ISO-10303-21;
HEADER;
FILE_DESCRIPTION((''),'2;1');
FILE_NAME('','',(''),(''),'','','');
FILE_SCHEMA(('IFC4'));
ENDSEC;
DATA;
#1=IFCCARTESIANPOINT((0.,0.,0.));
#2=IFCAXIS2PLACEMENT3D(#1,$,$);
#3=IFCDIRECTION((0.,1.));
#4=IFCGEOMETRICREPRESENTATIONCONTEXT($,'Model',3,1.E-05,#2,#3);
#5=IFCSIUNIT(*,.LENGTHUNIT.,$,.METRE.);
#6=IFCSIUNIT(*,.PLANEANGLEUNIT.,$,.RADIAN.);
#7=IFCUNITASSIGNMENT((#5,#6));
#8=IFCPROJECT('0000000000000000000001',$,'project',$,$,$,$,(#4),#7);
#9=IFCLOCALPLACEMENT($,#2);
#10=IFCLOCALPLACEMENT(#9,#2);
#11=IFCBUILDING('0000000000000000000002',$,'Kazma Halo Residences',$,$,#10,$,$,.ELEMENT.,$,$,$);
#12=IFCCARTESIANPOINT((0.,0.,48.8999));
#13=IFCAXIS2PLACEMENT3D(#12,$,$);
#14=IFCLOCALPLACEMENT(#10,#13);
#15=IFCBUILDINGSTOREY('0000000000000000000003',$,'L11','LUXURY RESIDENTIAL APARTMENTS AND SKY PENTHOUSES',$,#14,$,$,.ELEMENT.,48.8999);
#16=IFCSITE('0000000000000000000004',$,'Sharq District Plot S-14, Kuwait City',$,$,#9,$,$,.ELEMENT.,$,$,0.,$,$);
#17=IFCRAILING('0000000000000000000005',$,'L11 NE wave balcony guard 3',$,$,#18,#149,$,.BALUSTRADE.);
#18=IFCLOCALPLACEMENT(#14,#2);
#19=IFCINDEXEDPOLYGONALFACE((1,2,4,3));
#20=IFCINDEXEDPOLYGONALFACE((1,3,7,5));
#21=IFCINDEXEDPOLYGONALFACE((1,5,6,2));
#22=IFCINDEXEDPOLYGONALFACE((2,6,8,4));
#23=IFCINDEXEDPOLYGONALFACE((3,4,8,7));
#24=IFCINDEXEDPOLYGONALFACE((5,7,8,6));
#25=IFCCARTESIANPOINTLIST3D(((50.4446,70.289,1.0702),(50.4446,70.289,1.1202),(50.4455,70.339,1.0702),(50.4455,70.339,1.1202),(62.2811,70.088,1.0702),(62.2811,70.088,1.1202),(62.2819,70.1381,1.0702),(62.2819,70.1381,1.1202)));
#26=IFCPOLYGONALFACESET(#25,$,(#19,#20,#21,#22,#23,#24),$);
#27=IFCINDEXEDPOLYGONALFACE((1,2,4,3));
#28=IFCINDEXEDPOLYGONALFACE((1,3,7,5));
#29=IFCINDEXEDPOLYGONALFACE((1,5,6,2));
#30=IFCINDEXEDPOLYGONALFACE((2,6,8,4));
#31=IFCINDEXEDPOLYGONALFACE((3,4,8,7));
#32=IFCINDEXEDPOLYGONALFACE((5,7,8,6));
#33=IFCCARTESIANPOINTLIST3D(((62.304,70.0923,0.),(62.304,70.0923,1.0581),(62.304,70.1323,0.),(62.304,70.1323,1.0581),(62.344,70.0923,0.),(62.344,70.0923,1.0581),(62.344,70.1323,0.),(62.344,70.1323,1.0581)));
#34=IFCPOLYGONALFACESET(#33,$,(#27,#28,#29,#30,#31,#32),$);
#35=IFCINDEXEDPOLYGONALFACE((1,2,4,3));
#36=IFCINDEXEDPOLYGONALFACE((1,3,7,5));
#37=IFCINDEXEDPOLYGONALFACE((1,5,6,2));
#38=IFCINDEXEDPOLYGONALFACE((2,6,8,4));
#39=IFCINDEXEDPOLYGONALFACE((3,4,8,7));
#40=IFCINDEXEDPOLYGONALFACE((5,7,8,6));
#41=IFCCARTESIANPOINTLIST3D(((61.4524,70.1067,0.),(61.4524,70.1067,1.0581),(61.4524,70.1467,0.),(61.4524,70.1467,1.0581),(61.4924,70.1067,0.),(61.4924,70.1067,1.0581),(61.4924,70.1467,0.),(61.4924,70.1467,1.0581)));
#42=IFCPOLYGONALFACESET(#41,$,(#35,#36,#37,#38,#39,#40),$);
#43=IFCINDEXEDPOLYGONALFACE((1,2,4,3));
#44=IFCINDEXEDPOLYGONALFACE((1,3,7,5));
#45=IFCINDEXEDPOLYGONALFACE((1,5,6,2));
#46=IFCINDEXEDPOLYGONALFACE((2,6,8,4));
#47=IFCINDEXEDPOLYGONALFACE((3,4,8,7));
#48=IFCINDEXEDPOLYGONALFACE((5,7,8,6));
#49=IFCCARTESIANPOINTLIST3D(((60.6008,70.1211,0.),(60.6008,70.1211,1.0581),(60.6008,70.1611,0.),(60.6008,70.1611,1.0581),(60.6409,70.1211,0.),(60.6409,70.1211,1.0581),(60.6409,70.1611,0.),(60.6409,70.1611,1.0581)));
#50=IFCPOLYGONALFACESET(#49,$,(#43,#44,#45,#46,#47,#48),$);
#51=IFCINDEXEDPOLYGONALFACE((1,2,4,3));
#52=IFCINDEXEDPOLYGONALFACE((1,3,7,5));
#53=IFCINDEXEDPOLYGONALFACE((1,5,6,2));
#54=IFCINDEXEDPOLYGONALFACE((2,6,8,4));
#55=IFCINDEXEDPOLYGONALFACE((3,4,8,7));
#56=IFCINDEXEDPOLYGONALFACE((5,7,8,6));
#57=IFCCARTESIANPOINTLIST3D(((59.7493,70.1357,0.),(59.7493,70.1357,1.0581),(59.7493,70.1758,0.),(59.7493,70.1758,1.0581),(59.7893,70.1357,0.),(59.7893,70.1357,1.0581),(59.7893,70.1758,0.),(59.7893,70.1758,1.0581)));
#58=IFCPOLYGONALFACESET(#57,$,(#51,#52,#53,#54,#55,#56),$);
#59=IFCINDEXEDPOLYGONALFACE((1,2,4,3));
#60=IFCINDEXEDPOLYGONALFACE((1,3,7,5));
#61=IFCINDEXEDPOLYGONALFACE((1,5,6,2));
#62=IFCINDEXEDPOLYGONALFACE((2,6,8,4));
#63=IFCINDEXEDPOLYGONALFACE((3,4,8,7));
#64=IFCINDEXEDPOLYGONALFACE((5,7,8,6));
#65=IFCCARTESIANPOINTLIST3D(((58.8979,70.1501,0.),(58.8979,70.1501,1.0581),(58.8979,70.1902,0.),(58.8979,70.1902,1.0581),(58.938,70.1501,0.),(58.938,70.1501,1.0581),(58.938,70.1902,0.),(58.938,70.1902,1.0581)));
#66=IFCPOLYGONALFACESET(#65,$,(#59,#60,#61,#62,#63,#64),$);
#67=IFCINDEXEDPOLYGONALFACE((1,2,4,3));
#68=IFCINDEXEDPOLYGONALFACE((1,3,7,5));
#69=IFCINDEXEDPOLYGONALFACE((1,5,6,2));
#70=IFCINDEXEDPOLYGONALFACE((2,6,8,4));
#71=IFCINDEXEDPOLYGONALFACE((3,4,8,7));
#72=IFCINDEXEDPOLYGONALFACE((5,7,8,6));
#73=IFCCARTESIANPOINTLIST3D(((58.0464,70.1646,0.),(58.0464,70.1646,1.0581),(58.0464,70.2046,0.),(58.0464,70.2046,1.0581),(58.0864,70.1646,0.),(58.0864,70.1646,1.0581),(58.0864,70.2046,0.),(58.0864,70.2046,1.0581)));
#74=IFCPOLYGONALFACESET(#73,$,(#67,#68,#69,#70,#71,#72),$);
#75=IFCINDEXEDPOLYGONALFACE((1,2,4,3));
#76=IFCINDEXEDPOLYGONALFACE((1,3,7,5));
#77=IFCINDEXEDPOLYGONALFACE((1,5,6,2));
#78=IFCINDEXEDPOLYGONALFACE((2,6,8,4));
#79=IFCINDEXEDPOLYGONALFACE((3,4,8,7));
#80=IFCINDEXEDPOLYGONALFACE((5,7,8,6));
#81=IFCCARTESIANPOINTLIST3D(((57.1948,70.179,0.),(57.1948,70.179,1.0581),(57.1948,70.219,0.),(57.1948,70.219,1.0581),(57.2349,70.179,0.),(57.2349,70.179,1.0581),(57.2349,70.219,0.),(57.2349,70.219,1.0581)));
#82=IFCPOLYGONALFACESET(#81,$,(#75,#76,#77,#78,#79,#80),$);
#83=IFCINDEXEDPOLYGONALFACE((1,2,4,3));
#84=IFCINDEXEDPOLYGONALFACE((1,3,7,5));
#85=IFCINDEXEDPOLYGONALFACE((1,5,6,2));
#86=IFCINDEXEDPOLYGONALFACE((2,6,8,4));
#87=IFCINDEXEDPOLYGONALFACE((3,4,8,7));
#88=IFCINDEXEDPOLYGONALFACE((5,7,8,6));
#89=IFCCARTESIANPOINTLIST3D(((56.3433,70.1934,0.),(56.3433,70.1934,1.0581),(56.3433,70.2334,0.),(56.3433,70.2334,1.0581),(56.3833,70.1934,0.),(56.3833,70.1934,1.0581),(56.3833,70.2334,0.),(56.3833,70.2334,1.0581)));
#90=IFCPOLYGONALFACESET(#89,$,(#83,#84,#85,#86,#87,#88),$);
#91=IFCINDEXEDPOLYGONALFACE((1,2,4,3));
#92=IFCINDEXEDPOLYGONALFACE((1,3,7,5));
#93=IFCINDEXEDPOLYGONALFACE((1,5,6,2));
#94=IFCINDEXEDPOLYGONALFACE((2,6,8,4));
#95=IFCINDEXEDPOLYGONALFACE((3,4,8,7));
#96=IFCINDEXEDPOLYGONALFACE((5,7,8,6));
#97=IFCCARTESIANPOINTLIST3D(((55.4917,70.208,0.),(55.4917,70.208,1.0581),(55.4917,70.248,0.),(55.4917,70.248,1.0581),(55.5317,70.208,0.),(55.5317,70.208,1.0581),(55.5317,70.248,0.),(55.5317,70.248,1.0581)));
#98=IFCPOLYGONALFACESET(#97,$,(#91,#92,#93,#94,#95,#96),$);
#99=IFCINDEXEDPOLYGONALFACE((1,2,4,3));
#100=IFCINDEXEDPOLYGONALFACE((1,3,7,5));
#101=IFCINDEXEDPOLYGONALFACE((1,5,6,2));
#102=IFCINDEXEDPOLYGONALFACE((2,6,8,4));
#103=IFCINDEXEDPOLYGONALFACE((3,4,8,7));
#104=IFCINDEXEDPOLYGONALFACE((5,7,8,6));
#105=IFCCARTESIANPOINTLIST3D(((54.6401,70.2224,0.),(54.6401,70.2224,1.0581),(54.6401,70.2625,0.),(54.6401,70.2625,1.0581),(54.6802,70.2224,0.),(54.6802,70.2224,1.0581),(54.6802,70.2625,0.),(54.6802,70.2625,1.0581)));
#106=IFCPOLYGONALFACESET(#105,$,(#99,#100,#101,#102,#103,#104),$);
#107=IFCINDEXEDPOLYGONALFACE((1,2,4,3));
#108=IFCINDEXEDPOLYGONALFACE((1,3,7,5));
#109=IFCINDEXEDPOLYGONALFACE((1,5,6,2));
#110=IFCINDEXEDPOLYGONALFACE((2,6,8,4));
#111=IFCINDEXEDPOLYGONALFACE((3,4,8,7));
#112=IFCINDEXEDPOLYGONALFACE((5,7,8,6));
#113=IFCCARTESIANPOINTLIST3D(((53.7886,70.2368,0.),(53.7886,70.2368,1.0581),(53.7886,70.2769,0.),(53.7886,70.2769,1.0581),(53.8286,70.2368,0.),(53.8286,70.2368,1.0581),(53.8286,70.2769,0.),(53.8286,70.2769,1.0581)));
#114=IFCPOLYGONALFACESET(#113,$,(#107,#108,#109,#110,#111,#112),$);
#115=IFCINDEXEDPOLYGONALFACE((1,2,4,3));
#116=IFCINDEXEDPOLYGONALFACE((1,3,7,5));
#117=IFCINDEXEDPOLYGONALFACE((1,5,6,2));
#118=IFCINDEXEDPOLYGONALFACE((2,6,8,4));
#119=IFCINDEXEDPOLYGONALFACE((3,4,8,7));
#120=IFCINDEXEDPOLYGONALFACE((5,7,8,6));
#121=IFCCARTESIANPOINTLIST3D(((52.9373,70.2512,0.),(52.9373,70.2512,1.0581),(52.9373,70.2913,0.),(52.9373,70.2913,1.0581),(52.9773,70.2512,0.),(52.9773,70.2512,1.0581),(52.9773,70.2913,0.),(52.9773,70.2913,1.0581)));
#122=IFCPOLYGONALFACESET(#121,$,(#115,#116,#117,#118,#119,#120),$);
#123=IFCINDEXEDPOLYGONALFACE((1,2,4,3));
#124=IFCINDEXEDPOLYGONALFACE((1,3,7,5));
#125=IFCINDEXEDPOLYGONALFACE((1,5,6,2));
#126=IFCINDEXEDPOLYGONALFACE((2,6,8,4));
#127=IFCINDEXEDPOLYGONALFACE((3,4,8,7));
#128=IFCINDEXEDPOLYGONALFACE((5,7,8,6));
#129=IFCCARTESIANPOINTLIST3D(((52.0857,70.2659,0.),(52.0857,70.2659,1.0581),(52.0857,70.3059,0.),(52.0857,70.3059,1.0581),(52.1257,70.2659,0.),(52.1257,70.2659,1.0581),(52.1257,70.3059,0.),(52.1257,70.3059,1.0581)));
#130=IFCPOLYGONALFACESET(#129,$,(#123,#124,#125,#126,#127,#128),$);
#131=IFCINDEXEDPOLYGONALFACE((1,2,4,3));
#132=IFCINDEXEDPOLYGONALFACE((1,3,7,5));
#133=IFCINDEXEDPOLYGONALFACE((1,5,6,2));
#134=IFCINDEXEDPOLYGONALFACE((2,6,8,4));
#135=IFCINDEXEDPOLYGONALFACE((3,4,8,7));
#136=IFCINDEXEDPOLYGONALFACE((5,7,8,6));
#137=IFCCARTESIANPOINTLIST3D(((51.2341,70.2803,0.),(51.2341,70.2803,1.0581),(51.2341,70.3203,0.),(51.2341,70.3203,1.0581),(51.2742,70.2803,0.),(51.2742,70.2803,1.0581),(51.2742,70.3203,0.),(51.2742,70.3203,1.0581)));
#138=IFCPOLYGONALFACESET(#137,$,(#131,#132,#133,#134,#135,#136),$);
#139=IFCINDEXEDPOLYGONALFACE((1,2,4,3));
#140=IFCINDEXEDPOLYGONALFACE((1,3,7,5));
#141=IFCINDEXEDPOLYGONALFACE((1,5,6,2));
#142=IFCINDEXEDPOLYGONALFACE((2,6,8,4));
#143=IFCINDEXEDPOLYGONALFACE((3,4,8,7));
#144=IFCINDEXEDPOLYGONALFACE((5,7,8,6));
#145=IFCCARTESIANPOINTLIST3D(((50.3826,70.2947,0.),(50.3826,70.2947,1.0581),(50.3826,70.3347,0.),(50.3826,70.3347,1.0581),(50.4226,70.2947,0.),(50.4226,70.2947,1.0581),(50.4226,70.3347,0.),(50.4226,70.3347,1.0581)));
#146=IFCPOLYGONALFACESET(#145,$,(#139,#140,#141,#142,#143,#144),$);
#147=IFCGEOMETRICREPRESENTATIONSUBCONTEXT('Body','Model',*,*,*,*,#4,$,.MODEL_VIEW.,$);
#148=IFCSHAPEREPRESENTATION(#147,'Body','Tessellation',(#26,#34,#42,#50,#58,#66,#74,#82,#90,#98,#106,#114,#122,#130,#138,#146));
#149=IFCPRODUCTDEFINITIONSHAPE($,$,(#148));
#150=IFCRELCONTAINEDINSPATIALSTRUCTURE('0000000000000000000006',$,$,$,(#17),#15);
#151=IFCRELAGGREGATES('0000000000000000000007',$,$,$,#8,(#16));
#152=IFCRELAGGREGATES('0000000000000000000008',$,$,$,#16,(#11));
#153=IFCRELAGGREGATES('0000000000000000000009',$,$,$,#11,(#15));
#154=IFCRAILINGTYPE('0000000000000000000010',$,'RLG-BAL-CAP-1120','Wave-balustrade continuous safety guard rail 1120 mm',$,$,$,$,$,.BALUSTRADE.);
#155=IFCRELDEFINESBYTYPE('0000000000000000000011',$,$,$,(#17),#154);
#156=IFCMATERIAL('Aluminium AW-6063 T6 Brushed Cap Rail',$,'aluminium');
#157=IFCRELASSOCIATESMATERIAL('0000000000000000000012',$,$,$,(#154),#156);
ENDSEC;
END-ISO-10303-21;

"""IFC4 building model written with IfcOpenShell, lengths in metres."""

from ifc_helpers import new_model, si_unit, direction, frame, origin, origin_2d, place, context, subcontext, project, spatial, rectangle, extrude, material, type_object, element, save


model = new_model("IFC4")

# Units and contexts
model_context = context("Model", 3, precision=1e-05, world=origin(), true_north=direction((0.0, 1.0)))
body_context = subcontext(model_context, "Body", "Model", "MODEL_VIEW")
ifc_project = project(units=[si_unit("LENGTHUNIT", "METRE"), si_unit("PLANEANGLEUNIT", "RADIAN")], contexts=[model_context])

# Site, building, storey
site_placement = place(None, origin())
site = spatial("IfcSite", under=ifc_project, at=site_placement, Name="Sharq District Plot S-14, Kuwait City", CompositionType="ELEMENT", RefElevation=0.0)
building_placement = place(site_placement, origin())
building = spatial("IfcBuilding", under=site, at=building_placement, Name="Kazma Halo Residences", CompositionType="ELEMENT")
storey_placement = place(building_placement, frame((0.0, 0.0, 48.8999)))
storey = spatial("IfcBuildingStorey", under=building, at=storey_placement, Name="L11", Description="LUXURY RESIDENTIAL APARTMENTS AND SKY PENTHOUSES", CompositionType="ELEMENT", Elevation=48.8999)

# Railing
ifc_material_1 = material(Name="Aluminium AW-6063 T6 Brushed Cap Rail", Category="aluminium")
railing_type = type_object("IfcRailingType", Name="RLG-BAL-CAP-1120", Description="Wave-balustrade continuous safety guard rail 1120 mm", PredefinedType="BALUSTRADE", material=ifc_material_1)
railing_1_placement = place(storey_placement, frame((62.324, 70.1123, 0.0)))
element("IfcRailing", 1, at=railing_1_placement, inside=storey, type_object=railing_type, Name="L11 NE wave balcony guard 3", PredefinedType="BALUSTRADE", context=body_context, shape_type="SweptSolid", body=[
    extrude(rectangle(XDim=0.05, YDim=0.05, at=origin_2d()), frame((-0.0425, 0.0007, 1.0952), z_axis=(-0.999856, 0.016975, 0.0), x_axis=(-0.016975, -0.999856, 0.0)), (0.0, 0.0, 1.0), 11.8381),
    extrude(rectangle(XDim=0.04, YDim=0.04, at=origin_2d()), origin(), (0.0, 0.0, 1.0), 1.0581),
    extrude(rectangle(XDim=0.04, YDim=0.04, at=origin_2d()), frame((-0.8516, 0.0144, 0.0)), (0.0, 0.0, 1.0), 1.0581),
    extrude(rectangle(XDim=0.04, YDim=0.04, at=origin_2d()), frame((-1.7031, 0.0288, 0.0)), (0.0, 0.0, 1.0), 1.0581),
    extrude(rectangle(XDim=0.04, YDim=0.04, at=origin_2d()), frame((-2.5547, 0.0435, 0.0)), (0.0, 0.0, 1.0), 1.0581),
    extrude(rectangle(XDim=0.04, YDim=0.04, at=origin_2d()), frame((-3.406, 0.0579, 0.0)), (0.0, 0.0, 1.0), 1.0581),
    extrude(rectangle(XDim=0.04, YDim=0.04, at=origin_2d()), frame((-4.2576, 0.0723, 0.0)), (0.0, 0.0, 1.0), 1.0581),
    extrude(rectangle(XDim=0.04, YDim=0.04, at=origin_2d()), frame((-5.1091, 0.0867, 0.0)), (0.0, 0.0, 1.0), 1.0581),
    extrude(rectangle(XDim=0.04, YDim=0.04, at=origin_2d()), frame((-5.9607, 0.1011, 0.0)), (0.0, 0.0, 1.0), 1.0581),
    extrude(rectangle(XDim=0.04, YDim=0.04, at=origin_2d()), frame((-6.8123, 0.1157, 0.0)), (0.0, 0.0, 1.0), 1.0581),
    extrude(rectangle(XDim=0.04, YDim=0.04, at=origin_2d()), frame((-7.6638, 0.1301, 0.0)), (0.0, 0.0, 1.0), 1.0581),
    extrude(rectangle(XDim=0.04, YDim=0.04, at=origin_2d()), frame((-8.5154, 0.1445, 0.0)), (0.0, 0.0, 1.0), 1.0581),
    extrude(rectangle(XDim=0.04, YDim=0.04, at=origin_2d()), frame((-9.3667, 0.1589, 0.0)), (0.0, 0.0, 1.0), 1.0581),
    extrude(rectangle(XDim=0.04, YDim=0.04, at=origin_2d()), frame((-10.2183, 0.1736, 0.0)), (0.0, 0.0, 1.0), 1.0581),
    extrude(rectangle(XDim=0.04, YDim=0.04, at=origin_2d()), frame((-11.0698, 0.188, 0.0)), (0.0, 0.0, 1.0), 1.0581),
    extrude(rectangle(XDim=0.04, YDim=0.04, at=origin_2d()), frame((-11.9214, 0.2024, 0.0)), (0.0, 0.0, 1.0), 1.0581),
])

save(model, "model.ifc")
